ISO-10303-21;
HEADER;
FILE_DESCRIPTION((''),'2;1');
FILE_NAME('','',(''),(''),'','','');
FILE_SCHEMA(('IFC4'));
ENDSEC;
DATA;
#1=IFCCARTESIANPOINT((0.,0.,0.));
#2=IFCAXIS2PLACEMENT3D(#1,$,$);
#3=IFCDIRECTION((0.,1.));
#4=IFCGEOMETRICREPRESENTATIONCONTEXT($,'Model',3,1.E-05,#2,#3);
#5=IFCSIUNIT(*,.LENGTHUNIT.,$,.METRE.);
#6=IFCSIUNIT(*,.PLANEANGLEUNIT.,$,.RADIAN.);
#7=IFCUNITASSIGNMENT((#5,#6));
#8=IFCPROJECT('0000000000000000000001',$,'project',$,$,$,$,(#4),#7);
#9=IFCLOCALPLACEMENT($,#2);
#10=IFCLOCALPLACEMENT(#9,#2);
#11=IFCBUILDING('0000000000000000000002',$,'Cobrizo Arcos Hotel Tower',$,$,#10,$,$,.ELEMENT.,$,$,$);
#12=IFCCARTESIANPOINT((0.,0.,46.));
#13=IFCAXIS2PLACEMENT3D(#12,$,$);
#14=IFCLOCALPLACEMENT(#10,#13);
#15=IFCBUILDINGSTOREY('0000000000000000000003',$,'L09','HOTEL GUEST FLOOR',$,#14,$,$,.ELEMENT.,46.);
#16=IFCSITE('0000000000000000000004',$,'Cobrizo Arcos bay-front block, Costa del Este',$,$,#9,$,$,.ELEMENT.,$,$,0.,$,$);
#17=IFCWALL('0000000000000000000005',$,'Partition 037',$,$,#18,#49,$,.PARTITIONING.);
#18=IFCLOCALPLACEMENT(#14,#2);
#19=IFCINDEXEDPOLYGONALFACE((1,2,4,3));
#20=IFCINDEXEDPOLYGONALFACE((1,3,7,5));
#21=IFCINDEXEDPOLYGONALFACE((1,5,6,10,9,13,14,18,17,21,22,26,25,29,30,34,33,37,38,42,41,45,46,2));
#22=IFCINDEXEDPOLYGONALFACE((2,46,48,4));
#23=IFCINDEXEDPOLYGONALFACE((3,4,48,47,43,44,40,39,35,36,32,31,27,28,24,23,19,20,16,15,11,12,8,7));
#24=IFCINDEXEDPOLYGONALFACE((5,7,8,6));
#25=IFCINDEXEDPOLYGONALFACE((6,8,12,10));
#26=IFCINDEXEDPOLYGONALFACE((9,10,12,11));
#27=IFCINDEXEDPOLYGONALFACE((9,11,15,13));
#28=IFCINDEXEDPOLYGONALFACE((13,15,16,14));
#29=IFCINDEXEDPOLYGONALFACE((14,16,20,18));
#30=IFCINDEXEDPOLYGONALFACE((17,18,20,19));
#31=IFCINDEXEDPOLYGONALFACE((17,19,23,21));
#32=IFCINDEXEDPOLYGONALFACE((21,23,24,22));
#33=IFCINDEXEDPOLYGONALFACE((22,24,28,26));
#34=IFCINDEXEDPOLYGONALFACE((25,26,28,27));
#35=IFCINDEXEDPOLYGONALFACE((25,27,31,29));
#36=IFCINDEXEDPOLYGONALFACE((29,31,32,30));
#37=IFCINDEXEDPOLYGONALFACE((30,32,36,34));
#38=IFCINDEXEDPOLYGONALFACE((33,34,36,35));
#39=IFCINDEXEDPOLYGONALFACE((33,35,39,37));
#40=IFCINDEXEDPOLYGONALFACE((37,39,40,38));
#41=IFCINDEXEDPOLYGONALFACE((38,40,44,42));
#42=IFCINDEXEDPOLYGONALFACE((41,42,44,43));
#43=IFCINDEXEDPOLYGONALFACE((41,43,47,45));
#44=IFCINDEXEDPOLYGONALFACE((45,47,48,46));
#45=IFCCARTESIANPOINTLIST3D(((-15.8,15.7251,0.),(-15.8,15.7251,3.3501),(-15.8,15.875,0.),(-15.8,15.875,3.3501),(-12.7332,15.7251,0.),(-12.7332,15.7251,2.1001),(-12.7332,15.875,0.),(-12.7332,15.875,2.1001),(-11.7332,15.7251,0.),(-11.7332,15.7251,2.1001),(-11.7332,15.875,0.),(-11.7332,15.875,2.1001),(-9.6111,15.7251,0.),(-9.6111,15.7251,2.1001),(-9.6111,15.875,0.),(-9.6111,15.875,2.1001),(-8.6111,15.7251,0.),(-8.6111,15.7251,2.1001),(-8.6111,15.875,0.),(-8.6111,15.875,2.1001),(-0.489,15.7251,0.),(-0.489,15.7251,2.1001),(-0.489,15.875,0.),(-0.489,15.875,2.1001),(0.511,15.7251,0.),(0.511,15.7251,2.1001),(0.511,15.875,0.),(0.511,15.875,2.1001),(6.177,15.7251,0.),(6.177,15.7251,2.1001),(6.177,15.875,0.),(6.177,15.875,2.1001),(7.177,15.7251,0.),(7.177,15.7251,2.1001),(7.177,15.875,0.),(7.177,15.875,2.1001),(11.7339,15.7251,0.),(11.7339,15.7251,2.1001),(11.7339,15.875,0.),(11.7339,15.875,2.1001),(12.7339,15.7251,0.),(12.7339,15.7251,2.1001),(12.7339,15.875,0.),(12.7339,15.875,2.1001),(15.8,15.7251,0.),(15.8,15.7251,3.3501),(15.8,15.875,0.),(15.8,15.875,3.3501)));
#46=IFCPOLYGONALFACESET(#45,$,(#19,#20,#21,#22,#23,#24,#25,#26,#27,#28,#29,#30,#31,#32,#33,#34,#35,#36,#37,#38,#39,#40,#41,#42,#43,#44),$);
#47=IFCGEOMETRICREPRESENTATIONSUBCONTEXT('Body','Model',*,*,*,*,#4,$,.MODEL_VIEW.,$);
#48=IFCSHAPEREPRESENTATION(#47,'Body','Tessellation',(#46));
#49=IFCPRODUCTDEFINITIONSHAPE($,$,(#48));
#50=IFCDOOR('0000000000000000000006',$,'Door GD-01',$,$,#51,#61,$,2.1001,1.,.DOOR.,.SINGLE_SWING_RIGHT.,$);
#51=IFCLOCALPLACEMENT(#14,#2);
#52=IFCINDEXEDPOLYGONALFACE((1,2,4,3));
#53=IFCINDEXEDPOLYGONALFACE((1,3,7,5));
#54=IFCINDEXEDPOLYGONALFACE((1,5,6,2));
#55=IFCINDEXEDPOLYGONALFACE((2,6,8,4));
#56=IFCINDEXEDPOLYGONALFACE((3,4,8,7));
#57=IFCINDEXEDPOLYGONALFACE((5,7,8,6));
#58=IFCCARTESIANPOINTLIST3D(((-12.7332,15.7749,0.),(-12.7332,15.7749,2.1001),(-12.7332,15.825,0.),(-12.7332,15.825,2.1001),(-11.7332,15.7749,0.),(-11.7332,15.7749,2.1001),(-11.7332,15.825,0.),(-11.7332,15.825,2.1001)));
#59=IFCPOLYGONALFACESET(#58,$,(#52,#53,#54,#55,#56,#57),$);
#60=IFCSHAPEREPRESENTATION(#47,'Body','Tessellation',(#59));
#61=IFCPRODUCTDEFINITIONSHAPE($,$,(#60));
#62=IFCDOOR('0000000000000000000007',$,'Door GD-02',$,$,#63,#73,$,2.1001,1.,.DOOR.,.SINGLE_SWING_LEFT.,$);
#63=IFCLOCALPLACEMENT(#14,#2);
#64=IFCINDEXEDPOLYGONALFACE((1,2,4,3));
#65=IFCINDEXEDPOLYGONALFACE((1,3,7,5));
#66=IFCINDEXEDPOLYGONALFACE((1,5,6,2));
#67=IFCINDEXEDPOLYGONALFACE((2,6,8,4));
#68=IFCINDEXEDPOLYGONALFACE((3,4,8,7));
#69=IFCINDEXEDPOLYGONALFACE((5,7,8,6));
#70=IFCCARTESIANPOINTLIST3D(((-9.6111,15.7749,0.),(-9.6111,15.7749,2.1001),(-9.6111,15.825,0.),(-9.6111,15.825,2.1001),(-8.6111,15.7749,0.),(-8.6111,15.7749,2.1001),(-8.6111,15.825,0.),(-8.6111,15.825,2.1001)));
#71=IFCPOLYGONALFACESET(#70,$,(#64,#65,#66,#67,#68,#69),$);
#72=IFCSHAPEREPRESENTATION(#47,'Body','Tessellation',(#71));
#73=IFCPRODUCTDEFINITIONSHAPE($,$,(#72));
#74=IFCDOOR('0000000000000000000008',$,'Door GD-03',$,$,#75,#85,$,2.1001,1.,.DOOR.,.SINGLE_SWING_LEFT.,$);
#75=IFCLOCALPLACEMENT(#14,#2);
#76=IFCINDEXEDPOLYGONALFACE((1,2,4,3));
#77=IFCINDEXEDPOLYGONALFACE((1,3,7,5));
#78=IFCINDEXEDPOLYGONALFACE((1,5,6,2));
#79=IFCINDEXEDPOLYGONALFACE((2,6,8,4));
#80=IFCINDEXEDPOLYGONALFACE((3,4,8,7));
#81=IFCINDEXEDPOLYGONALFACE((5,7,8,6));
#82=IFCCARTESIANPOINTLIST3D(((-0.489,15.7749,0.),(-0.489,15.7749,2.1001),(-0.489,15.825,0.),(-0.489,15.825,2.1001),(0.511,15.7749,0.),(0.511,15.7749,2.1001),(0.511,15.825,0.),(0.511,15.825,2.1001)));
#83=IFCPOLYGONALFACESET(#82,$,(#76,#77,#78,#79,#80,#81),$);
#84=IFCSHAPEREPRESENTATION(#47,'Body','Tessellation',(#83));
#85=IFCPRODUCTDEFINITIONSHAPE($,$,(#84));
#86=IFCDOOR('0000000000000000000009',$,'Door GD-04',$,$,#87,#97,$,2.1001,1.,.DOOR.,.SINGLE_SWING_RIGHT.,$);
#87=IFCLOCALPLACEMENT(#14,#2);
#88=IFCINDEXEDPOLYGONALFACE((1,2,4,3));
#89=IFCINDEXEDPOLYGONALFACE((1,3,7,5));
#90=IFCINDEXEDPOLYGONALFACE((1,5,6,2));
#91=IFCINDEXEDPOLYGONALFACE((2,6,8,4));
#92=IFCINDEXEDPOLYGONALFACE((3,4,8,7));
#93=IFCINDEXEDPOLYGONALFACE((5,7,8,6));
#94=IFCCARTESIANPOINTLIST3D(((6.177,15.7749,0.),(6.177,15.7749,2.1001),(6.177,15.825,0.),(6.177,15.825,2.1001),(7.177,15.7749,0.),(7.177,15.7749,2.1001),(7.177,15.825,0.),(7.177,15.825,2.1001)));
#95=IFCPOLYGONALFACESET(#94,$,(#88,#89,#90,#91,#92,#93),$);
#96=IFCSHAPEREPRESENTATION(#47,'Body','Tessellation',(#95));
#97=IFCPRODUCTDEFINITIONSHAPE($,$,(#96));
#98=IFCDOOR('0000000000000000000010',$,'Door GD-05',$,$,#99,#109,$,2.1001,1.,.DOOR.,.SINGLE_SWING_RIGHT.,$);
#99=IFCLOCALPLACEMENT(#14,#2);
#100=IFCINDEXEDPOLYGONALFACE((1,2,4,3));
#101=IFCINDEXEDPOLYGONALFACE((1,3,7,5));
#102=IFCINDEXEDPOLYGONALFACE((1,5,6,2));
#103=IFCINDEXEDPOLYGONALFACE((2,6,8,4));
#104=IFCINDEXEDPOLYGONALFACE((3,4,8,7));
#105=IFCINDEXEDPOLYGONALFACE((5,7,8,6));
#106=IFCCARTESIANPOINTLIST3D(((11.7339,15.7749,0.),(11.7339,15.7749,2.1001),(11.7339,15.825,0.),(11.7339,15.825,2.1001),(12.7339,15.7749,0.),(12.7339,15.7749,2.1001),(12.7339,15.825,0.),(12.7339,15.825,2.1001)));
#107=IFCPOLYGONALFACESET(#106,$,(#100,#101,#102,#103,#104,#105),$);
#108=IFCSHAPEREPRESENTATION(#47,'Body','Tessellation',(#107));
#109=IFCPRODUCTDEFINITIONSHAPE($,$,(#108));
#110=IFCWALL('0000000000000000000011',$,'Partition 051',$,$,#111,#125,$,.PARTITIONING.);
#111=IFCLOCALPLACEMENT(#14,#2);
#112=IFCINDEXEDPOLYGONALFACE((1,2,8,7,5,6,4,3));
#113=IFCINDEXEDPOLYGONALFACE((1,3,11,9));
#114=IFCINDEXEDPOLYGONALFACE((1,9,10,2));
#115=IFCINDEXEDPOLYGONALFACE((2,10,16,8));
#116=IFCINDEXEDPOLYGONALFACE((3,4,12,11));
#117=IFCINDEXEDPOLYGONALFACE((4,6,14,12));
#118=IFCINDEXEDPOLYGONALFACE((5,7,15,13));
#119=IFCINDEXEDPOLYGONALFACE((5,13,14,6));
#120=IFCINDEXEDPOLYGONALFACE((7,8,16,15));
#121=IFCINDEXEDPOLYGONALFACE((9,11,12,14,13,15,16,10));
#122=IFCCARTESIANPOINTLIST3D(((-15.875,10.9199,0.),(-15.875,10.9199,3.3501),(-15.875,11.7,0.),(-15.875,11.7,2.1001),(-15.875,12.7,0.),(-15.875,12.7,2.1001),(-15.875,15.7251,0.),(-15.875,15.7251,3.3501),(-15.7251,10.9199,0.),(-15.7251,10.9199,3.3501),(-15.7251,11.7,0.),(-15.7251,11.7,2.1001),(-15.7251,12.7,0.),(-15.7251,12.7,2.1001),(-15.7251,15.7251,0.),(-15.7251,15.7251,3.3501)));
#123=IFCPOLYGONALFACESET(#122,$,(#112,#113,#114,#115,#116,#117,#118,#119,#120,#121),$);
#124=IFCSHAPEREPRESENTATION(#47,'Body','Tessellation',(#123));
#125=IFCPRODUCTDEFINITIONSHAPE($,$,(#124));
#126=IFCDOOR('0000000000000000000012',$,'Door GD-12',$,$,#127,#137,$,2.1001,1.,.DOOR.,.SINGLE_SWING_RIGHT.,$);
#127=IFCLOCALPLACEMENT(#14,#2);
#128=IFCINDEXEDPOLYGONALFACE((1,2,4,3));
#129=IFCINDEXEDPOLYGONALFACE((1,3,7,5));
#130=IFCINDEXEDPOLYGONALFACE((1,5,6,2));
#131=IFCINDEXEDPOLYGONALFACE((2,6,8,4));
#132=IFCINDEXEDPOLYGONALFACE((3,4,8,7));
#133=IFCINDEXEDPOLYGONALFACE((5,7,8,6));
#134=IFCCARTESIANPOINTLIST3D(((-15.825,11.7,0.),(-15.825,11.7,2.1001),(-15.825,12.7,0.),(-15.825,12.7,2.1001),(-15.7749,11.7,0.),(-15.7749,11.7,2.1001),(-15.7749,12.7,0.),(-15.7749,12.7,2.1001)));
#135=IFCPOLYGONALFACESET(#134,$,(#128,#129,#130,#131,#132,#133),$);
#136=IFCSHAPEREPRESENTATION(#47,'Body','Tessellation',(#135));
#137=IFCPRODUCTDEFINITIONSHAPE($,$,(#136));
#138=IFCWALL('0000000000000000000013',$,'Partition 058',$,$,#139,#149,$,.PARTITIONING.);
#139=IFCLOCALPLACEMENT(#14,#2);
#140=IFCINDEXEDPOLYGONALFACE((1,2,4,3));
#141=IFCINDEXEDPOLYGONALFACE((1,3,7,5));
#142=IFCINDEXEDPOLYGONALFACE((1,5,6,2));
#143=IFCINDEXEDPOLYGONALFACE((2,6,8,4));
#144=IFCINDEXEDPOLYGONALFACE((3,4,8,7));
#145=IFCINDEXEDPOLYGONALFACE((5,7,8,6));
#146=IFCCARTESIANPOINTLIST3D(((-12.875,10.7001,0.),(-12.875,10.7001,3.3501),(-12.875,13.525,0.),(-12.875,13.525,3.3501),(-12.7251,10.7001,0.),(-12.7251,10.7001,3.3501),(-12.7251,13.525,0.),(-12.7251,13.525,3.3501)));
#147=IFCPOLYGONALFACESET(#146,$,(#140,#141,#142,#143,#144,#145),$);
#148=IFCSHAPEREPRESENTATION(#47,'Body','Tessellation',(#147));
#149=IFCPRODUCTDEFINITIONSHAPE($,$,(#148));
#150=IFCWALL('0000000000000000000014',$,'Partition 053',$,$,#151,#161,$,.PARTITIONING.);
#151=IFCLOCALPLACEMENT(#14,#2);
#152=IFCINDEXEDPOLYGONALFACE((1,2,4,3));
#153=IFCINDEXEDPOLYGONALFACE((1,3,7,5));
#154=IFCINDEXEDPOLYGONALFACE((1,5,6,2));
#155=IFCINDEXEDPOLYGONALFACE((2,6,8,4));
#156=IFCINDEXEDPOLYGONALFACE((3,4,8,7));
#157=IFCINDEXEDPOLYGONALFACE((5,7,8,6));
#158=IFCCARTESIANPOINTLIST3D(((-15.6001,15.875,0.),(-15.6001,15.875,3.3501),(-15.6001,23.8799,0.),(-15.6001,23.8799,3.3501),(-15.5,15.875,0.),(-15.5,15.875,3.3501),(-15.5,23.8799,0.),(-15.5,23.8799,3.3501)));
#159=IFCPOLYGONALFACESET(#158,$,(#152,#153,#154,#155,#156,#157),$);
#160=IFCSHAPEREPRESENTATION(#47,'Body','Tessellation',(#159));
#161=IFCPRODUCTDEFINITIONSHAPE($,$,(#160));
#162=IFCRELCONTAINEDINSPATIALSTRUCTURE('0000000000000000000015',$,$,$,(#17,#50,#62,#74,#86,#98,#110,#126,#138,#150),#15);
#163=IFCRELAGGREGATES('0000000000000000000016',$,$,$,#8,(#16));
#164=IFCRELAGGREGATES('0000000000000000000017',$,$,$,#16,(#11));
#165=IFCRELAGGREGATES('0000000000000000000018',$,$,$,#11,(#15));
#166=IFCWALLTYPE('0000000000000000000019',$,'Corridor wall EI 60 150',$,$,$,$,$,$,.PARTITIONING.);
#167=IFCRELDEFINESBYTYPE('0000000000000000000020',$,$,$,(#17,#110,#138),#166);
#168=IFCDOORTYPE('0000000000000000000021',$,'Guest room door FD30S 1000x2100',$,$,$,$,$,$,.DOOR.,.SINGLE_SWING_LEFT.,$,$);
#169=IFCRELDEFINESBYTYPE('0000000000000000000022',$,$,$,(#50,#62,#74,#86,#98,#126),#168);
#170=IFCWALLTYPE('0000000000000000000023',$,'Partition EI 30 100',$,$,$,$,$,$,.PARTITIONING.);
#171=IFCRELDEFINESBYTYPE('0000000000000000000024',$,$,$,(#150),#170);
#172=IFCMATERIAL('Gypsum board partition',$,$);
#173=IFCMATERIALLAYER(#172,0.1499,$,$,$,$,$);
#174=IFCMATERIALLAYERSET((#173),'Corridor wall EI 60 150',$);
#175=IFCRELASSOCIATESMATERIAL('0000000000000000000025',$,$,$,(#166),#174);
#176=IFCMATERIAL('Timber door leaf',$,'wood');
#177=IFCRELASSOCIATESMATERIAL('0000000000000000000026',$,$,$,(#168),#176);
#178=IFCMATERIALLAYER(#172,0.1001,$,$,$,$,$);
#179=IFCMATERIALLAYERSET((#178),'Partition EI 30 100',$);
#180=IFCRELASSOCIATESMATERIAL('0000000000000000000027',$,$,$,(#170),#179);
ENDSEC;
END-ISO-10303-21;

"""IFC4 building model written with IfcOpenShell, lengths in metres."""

from ifc_helpers import new_model, si_unit, direction, frame, frame_2d, origin, place, context, subcontext, project, spatial, rectangle, extrude, material, layer, layer_set, type_object, element, fill, save


model = new_model("IFC4")

# Units and contexts
model_context = context("Model", 3, precision=1e-05, world=origin(), true_north=direction((0.0, 1.0)))
body_context = subcontext(model_context, "Body", "Model", "MODEL_VIEW")
ifc_project = project(units=[si_unit("LENGTHUNIT", "METRE"), si_unit("PLANEANGLEUNIT", "RADIAN")], contexts=[model_context])

# Site, building, storey
site_placement = place(None, origin())
site = spatial("IfcSite", under=ifc_project, at=site_placement, Name="Cobrizo Arcos bay-front block, Costa del Este", CompositionType="ELEMENT", RefElevation=0.0)
building_placement = place(site_placement, origin())
building = spatial("IfcBuilding", under=site, at=building_placement, Name="Cobrizo Arcos Hotel Tower", CompositionType="ELEMENT")
storey_placement = place(building_placement, frame((0.0, 0.0, 46.0)))
storey = spatial("IfcBuildingStorey", under=building, at=storey_placement, Name="L09", Description="HOTEL GUEST FLOOR", CompositionType="ELEMENT", Elevation=46.0)

# Shared definitions
ifc_material_1 = material(Name="Gypsum board partition")
ifc_layer_1 = layer(ifc_material_1, 0.1499)
ifc_layer_set_1 = layer_set([ifc_layer_1], Name="Corridor wall EI 60 150")
wall_type_1 = type_object("IfcWallType", Name="Corridor wall EI 60 150", PredefinedType="PARTITIONING", material=ifc_layer_set_1)
ifc_material_2 = material(Name="Timber door leaf", Category="wood")

# Wall, openings, doors
wall_1_placement = place(storey_placement, frame((-15.8, 15.8, 0.0), z_axis=(0.0, 0.0, 1.0), x_axis=(1.0, 0.0, 0.0)))
wall_1 = element("IfcWall", 1, at=wall_1_placement, inside=storey, type_object=wall_type_1, Name="Partition 037", PredefinedType="PARTITIONING", context=body_context, shape_type="SweptSolid", body=[
    extrude(rectangle(XDim=31.6001, YDim=0.1499, at=frame_2d((15.8, 0.0))), origin(), (0.0, 0.0, 1.0), 3.3501),
])
opening_1_placement = place(wall_1_placement, frame((3.0669, 0.0, 0.0)))
opening_1 = element("IfcOpeningElement", 2, at=opening_1_placement, cuts=wall_1, PredefinedType="OPENING", context=body_context, shape_type="SweptSolid", body=[
    extrude(rectangle(XDim=1.0, YDim=2.1001, at=frame_2d((0.5, 1.05))), frame((0.0, 0.0869, 0.0), z_axis=(0.0, -1.0, 0.0), x_axis=(1.0, 0.0, 0.0)), (0.0, 0.0, 1.0), 0.1738),
])
opening_2_placement = place(wall_1_placement, frame((6.189, 0.0, 0.0)))
opening_2 = element("IfcOpeningElement", 3, at=opening_2_placement, cuts=wall_1, PredefinedType="OPENING", context=body_context, shape_type="SweptSolid", body=[
    extrude(rectangle(XDim=1.0, YDim=2.1001, at=frame_2d((0.5, 1.05))), frame((0.0, 0.0869, 0.0), z_axis=(0.0, -1.0, 0.0), x_axis=(1.0, 0.0, 0.0)), (0.0, 0.0, 1.0), 0.1738),
])
opening_3_placement = place(wall_1_placement, frame((15.311, 0.0, 0.0)))
opening_3 = element("IfcOpeningElement", 4, at=opening_3_placement, cuts=wall_1, PredefinedType="OPENING", context=body_context, shape_type="SweptSolid", body=[
    extrude(rectangle(XDim=1.0, YDim=2.1001, at=frame_2d((0.5, 1.05))), frame((0.0, 0.0869, 0.0), z_axis=(0.0, -1.0, 0.0), x_axis=(1.0, 0.0, 0.0)), (0.0, 0.0, 1.0), 0.1738),
])
opening_4_placement = place(wall_1_placement, frame((21.9771, 0.0, 0.0)))
opening_4 = element("IfcOpeningElement", 5, at=opening_4_placement, cuts=wall_1, PredefinedType="OPENING", context=body_context, shape_type="SweptSolid", body=[
    extrude(rectangle(XDim=1.0, YDim=2.1001, at=frame_2d((0.5, 1.05))), frame((0.0, 0.0869, 0.0), z_axis=(0.0, -1.0, 0.0), x_axis=(1.0, 0.0, 0.0)), (0.0, 0.0, 1.0), 0.1738),
])
opening_5_placement = place(wall_1_placement, frame((27.5339, 0.0, 0.0)))
opening_5 = element("IfcOpeningElement", 6, at=opening_5_placement, cuts=wall_1, PredefinedType="OPENING", context=body_context, shape_type="SweptSolid", body=[
    extrude(rectangle(XDim=1.0, YDim=2.1001, at=frame_2d((0.5, 1.05))), frame((0.0, 0.0869, 0.0), z_axis=(0.0, -1.0, 0.0), x_axis=(1.0, 0.0, 0.0)), (0.0, 0.0, 1.0), 0.1738),
])
door_type_1 = type_object("IfcDoorType", Name="Guest room door FD30S 1000x2100", OperationType="SINGLE_SWING_LEFT", PredefinedType="DOOR", material=ifc_material_2)
door_1_placement = place(opening_1_placement, origin())
door_1 = element("IfcDoor", 7, at=door_1_placement, inside=storey, type_object=door_type_1, Name="Door GD-01", OperationType="SINGLE_SWING_RIGHT", OverallHeight=2.1001, OverallWidth=1.0, PredefinedType="DOOR", context=body_context, shape_type="SweptSolid", body=[
    extrude(rectangle(XDim=1.0, YDim=2.1001, at=frame_2d((0.5, 1.05))), frame((0.0, 0.0249, 0.0), z_axis=(0.0, -1.0, 0.0), x_axis=(1.0, 0.0, 0.0)), (0.0, 0.0, 1.0), 0.05),
])
fill(opening_1, door_1)
door_2_placement = place(opening_2_placement, origin())
door_2 = element("IfcDoor", 8, at=door_2_placement, inside=storey, type_object=door_type_1, Name="Door GD-02", OperationType="SINGLE_SWING_LEFT", OverallHeight=2.1001, OverallWidth=1.0, PredefinedType="DOOR", context=body_context, shape_type="SweptSolid", body=[
    extrude(rectangle(XDim=1.0, YDim=2.1001, at=frame_2d((0.5, 1.05))), frame((0.0, 0.0249, 0.0), z_axis=(0.0, -1.0, 0.0), x_axis=(1.0, 0.0, 0.0)), (0.0, 0.0, 1.0), 0.05),
])
fill(opening_2, door_2)
door_3_placement = place(opening_3_placement, origin())
door_3 = element("IfcDoor", 9, at=door_3_placement, inside=storey, type_object=door_type_1, Name="Door GD-03", OperationType="SINGLE_SWING_LEFT", OverallHeight=2.1001, OverallWidth=1.0, PredefinedType="DOOR", context=body_context, shape_type="SweptSolid", body=[
    extrude(rectangle(XDim=1.0, YDim=2.1001, at=frame_2d((0.5, 1.05))), frame((0.0, 0.0249, 0.0), z_axis=(0.0, -1.0, 0.0), x_axis=(1.0, 0.0, 0.0)), (0.0, 0.0, 1.0), 0.05),
])
fill(opening_3, door_3)
door_4_placement = place(opening_4_placement, origin())
door_4 = element("IfcDoor", 10, at=door_4_placement, inside=storey, type_object=door_type_1, Name="Door GD-04", OperationType="SINGLE_SWING_RIGHT", OverallHeight=2.1001, OverallWidth=1.0, PredefinedType="DOOR", context=body_context, shape_type="SweptSolid", body=[
    extrude(rectangle(XDim=1.0, YDim=2.1001, at=frame_2d((0.5, 1.05))), frame((0.0, 0.0249, 0.0), z_axis=(0.0, -1.0, 0.0), x_axis=(1.0, 0.0, 0.0)), (0.0, 0.0, 1.0), 0.05),
])
fill(opening_4, door_4)
door_5_placement = place(opening_5_placement, origin())
door_5 = element("IfcDoor", 11, at=door_5_placement, inside=storey, type_object=door_type_1, Name="Door GD-05", OperationType="SINGLE_SWING_RIGHT", OverallHeight=2.1001, OverallWidth=1.0, PredefinedType="DOOR", context=body_context, shape_type="SweptSolid", body=[
    extrude(rectangle(XDim=1.0, YDim=2.1001, at=frame_2d((0.5, 1.05))), frame((0.0, 0.0249, 0.0), z_axis=(0.0, -1.0, 0.0), x_axis=(1.0, 0.0, 0.0)), (0.0, 0.0, 1.0), 0.05),
])
fill(opening_5, door_5)

# Wall, opening, door
wall_2_placement = place(storey_placement, frame((-15.8, 10.9199, 0.0), z_axis=(0.0, 0.0, 1.0), x_axis=(0.0, 1.0, 0.0)))
wall_2 = element("IfcWall", 12, at=wall_2_placement, inside=storey, type_object=wall_type_1, Name="Partition 051", PredefinedType="PARTITIONING", context=body_context, shape_type="SweptSolid", body=[
    extrude(rectangle(XDim=4.8052, YDim=0.1499, at=frame_2d((2.4026, 0.0))), origin(), (0.0, 0.0, 1.0), 3.3501),
])
opening_6_placement = place(wall_2_placement, frame((0.78, 0.0, 0.0)))
opening_6 = element("IfcOpeningElement", 13, at=opening_6_placement, cuts=wall_2, PredefinedType="OPENING", context=body_context, shape_type="SweptSolid", body=[
    extrude(rectangle(XDim=1.0, YDim=2.1001, at=frame_2d((0.5, 1.05))), frame((0.0, 0.0869, 0.0), z_axis=(0.0, -1.0, 0.0), x_axis=(1.0, 0.0, 0.0)), (0.0, 0.0, 1.0), 0.1738),
])
door_6_placement = place(opening_6_placement, origin())
door_6 = element("IfcDoor", 14, at=door_6_placement, inside=storey, type_object=door_type_1, Name="Door GD-12", OperationType="SINGLE_SWING_RIGHT", OverallHeight=2.1001, OverallWidth=1.0, PredefinedType="DOOR", context=body_context, shape_type="SweptSolid", body=[
    extrude(rectangle(XDim=1.0, YDim=2.1001, at=frame_2d((0.5, 1.05))), frame((0.0, 0.0249, 0.0), z_axis=(0.0, -1.0, 0.0), x_axis=(1.0, 0.0, 0.0)), (0.0, 0.0, 1.0), 0.05),
])
fill(opening_6, door_6)

# Walls
wall_3_placement = place(storey_placement, frame((-12.8, 10.7, 0.0), z_axis=(0.0, 0.0, 1.0), x_axis=(0.0, 1.0, 0.0)))
element("IfcWall", 15, at=wall_3_placement, inside=storey, type_object=wall_type_1, Name="Partition 058", PredefinedType="PARTITIONING", context=body_context, shape_type="SweptSolid", body=[
    extrude(rectangle(XDim=2.825, YDim=0.1499, at=frame_2d((1.4126, 0.0))), origin(), (0.0, 0.0, 1.0), 3.3501),
])
ifc_layer_2 = layer(ifc_material_1, 0.1001)
ifc_layer_set_2 = layer_set([ifc_layer_2], Name="Partition EI 30 100")
wall_type_2 = type_object("IfcWallType", Name="Partition EI 30 100", PredefinedType="PARTITIONING", material=ifc_layer_set_2)
wall_4_placement = place(storey_placement, frame((-15.55, 15.875, 0.0), z_axis=(0.0, 0.0, 1.0), x_axis=(0.0, 1.0, 0.0)))
element("IfcWall", 16, at=wall_4_placement, inside=storey, type_object=wall_type_2, Name="Partition 053", PredefinedType="PARTITIONING", context=body_context, shape_type="SweptSolid", body=[
    extrude(rectangle(XDim=8.0049, YDim=0.1001, at=frame_2d((4.0024, 0.0))), origin(), (0.0, 0.0, 1.0), 3.3501),
])

save(model, "model.ifc")
